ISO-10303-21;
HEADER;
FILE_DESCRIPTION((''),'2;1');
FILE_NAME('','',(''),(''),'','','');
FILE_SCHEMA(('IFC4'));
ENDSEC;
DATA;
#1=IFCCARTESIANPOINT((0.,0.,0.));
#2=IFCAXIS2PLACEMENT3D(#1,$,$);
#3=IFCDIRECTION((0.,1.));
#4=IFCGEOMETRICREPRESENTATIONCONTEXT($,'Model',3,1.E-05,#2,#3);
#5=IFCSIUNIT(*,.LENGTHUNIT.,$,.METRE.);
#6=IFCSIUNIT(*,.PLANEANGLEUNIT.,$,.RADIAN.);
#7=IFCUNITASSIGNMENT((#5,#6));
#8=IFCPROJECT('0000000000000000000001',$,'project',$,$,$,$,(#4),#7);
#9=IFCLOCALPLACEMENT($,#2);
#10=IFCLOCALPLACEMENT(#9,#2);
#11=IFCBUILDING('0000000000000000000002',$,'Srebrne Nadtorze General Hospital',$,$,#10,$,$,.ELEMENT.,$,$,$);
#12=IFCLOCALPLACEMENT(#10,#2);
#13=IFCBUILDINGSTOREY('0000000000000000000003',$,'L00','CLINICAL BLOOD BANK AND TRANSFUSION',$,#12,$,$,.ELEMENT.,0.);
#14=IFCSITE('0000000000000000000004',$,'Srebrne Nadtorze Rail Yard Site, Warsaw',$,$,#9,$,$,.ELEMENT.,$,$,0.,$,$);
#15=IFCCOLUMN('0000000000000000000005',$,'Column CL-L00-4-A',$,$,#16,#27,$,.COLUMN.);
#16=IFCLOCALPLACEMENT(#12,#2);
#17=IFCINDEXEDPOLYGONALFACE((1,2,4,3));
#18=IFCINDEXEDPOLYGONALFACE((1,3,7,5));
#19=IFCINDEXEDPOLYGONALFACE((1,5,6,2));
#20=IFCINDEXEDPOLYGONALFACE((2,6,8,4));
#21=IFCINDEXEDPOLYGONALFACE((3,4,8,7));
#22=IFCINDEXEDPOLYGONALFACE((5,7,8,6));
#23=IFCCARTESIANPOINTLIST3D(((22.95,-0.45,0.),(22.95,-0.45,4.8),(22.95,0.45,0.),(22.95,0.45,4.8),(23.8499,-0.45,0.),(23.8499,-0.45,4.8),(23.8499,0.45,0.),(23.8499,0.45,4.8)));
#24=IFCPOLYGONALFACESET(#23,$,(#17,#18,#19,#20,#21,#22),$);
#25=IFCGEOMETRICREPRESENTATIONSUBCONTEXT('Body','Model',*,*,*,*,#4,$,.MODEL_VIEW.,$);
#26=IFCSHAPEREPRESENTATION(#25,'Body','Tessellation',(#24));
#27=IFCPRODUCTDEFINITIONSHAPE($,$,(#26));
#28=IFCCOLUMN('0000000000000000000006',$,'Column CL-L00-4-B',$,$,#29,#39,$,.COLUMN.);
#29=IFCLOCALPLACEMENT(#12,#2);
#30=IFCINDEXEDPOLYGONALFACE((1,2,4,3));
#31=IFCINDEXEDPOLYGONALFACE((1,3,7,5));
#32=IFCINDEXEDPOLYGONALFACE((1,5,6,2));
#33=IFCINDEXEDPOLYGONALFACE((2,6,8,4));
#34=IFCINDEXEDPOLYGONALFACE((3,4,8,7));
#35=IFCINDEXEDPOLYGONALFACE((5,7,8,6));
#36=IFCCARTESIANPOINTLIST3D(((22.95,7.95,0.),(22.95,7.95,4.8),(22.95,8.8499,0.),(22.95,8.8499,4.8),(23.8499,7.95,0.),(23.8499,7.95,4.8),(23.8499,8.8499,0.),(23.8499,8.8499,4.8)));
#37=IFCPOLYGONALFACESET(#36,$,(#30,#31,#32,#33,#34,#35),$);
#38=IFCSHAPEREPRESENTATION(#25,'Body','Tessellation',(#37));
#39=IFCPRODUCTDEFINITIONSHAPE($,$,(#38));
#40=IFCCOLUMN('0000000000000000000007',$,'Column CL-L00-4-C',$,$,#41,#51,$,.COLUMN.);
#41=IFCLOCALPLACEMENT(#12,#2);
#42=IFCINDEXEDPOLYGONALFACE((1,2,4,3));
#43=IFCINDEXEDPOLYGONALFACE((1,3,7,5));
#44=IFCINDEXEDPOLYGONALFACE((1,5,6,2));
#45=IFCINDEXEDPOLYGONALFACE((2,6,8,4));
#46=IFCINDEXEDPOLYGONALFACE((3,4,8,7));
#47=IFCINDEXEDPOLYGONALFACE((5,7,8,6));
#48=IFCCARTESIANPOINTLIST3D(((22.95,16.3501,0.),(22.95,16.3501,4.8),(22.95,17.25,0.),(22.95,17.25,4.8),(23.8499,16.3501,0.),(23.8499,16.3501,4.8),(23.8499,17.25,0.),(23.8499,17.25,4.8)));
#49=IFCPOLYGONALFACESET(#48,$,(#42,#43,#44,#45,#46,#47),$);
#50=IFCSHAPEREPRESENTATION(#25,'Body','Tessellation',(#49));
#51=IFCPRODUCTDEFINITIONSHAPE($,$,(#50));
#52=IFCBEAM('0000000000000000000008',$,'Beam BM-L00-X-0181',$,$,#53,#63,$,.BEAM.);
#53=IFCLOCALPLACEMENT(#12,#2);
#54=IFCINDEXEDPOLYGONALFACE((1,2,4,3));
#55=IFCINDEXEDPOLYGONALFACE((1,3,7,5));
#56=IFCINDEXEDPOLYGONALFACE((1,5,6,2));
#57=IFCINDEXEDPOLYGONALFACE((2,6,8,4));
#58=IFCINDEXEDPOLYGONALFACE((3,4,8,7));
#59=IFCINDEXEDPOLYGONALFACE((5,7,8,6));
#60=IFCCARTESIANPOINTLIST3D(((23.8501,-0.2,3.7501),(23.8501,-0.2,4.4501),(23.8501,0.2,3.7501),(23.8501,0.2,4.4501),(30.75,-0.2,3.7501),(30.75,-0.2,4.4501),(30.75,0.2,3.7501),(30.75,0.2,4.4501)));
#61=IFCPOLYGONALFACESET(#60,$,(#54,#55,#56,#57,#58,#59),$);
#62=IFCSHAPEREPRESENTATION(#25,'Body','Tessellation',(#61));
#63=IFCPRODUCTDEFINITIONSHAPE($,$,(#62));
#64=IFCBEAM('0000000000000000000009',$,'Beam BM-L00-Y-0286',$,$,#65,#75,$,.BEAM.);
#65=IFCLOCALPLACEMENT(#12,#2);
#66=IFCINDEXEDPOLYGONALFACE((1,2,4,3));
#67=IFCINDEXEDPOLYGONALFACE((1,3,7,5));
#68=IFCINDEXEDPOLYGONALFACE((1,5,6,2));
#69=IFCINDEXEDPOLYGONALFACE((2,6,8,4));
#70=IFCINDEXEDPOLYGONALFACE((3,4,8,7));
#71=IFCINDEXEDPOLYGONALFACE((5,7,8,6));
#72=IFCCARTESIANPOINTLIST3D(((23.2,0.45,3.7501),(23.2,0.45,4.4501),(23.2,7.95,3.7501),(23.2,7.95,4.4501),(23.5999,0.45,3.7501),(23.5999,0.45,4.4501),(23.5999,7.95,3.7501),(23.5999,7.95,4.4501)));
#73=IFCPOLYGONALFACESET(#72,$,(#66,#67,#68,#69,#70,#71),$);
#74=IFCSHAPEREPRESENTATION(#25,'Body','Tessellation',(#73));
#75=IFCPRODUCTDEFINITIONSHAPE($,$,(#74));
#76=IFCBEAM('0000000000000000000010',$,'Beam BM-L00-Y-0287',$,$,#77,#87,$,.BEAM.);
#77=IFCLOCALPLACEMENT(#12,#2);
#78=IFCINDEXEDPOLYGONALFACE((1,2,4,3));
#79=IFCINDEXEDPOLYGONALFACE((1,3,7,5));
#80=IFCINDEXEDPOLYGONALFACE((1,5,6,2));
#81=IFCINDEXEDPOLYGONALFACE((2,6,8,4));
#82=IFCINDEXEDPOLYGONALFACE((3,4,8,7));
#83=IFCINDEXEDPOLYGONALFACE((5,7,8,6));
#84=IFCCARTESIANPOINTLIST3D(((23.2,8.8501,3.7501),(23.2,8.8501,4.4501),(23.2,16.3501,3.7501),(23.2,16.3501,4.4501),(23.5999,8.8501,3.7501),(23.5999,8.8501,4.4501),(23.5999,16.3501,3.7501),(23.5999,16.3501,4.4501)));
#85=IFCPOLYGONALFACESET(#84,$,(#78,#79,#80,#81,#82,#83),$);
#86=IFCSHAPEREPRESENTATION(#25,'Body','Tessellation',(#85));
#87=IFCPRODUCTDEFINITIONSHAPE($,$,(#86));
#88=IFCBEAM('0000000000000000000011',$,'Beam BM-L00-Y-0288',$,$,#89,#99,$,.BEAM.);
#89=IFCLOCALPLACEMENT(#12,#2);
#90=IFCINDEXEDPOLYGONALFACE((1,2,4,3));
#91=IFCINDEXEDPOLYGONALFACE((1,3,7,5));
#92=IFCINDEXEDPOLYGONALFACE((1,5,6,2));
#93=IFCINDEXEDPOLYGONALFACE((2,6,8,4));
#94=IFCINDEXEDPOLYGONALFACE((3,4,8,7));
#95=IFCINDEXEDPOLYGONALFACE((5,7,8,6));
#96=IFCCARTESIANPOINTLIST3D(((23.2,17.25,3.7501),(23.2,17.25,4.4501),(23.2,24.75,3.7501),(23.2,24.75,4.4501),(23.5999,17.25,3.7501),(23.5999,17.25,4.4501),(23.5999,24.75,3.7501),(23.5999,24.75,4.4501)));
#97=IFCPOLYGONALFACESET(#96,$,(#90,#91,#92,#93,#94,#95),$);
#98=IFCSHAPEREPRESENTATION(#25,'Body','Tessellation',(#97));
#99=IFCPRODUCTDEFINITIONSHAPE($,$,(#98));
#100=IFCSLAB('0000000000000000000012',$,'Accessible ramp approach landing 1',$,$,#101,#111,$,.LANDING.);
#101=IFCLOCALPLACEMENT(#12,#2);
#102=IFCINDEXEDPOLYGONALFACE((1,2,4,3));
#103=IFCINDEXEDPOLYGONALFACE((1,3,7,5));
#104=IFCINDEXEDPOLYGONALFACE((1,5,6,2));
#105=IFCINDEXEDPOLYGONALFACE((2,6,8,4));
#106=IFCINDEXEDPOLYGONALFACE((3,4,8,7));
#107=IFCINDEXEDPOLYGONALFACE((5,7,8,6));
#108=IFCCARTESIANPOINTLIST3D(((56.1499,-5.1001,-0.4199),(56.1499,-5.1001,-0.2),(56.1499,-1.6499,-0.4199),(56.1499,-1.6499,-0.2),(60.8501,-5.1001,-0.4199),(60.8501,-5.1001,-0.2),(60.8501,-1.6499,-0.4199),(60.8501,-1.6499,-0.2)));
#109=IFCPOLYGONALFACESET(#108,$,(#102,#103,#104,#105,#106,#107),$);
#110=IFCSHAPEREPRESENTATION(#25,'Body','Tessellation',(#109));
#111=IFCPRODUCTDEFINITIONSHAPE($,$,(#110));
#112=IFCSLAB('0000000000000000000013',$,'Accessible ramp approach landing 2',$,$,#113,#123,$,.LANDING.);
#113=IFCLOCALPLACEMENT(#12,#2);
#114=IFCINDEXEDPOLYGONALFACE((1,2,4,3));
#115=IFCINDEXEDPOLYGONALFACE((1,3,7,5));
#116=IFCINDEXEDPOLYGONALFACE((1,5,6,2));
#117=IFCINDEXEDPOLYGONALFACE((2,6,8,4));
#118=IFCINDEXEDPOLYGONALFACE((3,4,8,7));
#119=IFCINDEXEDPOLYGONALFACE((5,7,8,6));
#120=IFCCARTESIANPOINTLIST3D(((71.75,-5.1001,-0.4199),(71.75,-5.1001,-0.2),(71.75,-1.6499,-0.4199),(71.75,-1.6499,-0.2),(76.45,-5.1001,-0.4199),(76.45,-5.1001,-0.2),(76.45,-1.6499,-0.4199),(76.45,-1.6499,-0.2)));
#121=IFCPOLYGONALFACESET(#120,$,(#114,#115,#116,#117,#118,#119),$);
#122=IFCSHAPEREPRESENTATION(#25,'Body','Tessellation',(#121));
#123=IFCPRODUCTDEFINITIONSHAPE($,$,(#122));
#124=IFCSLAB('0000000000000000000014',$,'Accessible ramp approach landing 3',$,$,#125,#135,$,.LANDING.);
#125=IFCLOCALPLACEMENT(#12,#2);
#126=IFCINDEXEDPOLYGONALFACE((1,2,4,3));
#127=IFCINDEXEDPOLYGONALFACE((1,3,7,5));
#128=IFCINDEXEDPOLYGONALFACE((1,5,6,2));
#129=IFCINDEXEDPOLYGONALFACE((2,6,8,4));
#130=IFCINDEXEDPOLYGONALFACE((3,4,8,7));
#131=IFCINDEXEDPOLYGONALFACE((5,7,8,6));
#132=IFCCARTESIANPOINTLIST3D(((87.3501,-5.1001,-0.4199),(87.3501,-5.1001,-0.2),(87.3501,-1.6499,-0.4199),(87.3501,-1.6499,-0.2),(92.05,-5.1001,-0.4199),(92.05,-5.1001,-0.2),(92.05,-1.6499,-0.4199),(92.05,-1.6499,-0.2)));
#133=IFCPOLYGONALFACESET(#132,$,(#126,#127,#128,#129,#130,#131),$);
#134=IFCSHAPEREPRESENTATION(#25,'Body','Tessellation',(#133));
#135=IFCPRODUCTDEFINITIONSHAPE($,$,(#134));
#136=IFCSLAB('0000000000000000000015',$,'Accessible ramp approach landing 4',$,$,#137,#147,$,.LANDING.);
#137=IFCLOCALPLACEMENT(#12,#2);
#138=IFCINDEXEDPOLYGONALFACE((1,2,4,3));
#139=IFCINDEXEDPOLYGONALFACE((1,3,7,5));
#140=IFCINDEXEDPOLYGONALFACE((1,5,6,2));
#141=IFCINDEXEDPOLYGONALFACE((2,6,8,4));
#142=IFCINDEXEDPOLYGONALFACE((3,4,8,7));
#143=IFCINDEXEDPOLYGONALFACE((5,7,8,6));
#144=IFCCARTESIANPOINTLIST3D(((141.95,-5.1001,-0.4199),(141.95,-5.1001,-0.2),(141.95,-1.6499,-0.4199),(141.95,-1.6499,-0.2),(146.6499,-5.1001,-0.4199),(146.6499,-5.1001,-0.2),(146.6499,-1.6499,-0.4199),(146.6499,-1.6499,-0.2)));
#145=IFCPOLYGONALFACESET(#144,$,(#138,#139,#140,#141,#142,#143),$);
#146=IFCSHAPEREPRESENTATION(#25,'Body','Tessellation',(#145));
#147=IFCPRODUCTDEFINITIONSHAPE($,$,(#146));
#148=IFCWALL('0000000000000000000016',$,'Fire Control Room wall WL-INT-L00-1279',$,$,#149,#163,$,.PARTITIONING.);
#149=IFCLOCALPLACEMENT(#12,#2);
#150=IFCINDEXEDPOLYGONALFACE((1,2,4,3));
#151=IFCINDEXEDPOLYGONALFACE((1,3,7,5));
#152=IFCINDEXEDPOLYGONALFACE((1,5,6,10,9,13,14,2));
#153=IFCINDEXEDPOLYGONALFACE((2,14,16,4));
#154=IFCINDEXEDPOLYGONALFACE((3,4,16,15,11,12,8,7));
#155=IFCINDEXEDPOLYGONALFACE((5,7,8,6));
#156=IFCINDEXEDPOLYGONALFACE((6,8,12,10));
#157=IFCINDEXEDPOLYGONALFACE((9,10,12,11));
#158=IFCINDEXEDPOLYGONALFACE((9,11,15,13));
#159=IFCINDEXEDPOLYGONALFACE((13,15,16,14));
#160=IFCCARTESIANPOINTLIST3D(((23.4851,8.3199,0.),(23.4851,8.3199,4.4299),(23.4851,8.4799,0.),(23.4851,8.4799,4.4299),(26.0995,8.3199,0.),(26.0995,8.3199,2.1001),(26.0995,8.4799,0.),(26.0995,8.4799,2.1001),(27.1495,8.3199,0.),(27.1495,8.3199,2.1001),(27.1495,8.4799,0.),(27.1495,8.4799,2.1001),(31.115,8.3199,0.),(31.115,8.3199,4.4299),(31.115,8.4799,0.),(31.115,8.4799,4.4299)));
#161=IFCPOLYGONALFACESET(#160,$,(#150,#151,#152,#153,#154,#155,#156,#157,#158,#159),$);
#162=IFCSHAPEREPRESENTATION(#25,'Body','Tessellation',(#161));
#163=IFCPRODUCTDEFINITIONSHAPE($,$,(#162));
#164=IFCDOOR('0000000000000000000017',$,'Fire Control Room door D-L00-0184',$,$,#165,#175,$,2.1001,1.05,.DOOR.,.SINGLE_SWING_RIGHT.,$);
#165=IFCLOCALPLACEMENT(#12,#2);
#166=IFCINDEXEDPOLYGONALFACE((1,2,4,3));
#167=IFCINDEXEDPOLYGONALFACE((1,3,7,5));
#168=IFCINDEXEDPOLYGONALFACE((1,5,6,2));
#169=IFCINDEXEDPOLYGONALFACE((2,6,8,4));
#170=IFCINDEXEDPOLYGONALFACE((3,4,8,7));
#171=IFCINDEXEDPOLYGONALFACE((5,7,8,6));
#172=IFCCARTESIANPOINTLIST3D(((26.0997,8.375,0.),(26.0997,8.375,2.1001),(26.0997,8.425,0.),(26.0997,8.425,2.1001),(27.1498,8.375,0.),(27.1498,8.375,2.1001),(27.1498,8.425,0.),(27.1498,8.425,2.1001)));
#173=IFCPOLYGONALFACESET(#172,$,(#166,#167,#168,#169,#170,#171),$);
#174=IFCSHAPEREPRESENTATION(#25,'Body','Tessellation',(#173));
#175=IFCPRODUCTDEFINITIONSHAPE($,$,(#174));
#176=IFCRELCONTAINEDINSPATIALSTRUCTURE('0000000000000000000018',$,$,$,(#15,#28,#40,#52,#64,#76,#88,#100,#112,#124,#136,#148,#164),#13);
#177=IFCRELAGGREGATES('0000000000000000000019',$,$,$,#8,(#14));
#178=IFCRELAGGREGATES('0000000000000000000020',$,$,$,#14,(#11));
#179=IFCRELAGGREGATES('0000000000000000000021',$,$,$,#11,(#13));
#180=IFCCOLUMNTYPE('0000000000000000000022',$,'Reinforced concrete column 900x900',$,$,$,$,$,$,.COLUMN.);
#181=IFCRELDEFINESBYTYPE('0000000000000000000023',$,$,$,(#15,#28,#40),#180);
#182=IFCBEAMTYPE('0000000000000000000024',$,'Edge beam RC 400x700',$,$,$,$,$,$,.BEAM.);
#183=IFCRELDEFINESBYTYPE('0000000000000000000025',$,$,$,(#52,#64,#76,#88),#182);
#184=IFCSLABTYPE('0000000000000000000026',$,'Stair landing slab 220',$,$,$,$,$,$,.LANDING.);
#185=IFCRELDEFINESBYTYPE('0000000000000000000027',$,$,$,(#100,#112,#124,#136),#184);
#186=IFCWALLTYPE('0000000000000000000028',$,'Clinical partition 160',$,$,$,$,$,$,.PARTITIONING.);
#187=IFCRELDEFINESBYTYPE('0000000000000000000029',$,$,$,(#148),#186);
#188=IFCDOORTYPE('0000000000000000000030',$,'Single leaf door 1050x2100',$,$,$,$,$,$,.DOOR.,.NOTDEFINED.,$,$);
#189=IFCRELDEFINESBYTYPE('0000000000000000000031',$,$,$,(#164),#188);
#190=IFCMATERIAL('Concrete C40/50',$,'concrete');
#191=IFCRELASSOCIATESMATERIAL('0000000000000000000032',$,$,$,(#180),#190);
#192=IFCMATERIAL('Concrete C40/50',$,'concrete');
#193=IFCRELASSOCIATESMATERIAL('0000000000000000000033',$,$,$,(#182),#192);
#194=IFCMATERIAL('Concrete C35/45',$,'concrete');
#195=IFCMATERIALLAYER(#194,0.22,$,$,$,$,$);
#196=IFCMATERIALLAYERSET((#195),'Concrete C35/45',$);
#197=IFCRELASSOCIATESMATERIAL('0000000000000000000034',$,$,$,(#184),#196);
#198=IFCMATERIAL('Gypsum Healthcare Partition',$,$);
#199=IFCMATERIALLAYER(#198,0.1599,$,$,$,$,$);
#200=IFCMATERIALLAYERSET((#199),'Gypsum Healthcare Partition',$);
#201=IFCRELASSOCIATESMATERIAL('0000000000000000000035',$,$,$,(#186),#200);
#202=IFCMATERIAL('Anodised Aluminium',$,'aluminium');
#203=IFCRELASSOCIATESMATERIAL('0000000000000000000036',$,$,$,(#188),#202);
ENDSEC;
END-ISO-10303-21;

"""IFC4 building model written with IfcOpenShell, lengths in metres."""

from ifc_helpers import new_model, si_unit, direction, frame, frame_2d, origin, origin_2d, place, context, subcontext, project, spatial, polyline, rectangle, outline, extrude, material, layer, layer_set, material_profile, profile_set, type_object, element, fill, save


model = new_model("IFC4")

# Units and contexts
model_context = context("Model", 3, precision=1e-05, world=origin(), true_north=direction((0.0, 1.0)))
body_context = subcontext(model_context, "Body", "Model", "MODEL_VIEW")
ifc_project = project(units=[si_unit("LENGTHUNIT", "METRE"), si_unit("PLANEANGLEUNIT", "RADIAN")], contexts=[model_context])

# Site, building, storey
site_placement = place(None, origin())
site = spatial("IfcSite", under=ifc_project, at=site_placement, Name="Srebrne Nadtorze Rail Yard Site, Warsaw", CompositionType="ELEMENT", RefElevation=0.0)
building_placement = place(site_placement, origin())
building = spatial("IfcBuilding", under=site, at=building_placement, Name="Srebrne Nadtorze General Hospital", CompositionType="ELEMENT")
storey_placement = place(building_placement, origin())
storey = spatial("IfcBuildingStorey", under=building, at=storey_placement, Name="L00", Description="CLINICAL BLOOD BANK AND TRANSFUSION", CompositionType="ELEMENT", Elevation=0.0)

# Columns
ifc_material_1 = material(Name="Concrete C40/50", Category="concrete")
ifc_material_profile_1 = material_profile(ifc_material_1, rectangle(XDim=0.8999, YDim=0.8999, at=origin_2d()), Name="RC-COL-900x900")
ifc_profile_set_1 = profile_set([ifc_material_profile_1], Name="Concrete C40/50")
column_type = type_object("IfcColumnType", Name="Reinforced concrete column 900x900", PredefinedType="COLUMN", material=ifc_profile_set_1)
for number, where, z_axis, x_axis, name in (
    (1, (23.3999, 0.0, 0.0), (0.0, 0.0, 1.0), (1.0, 0.0, 0.0), "Column CL-L00-4-A"),
    (2, (23.3999, 8.3999, 0.0), (0.0, 0.0, 1.0), (1.0, 0.0, 0.0), "Column CL-L00-4-B"),
    (3, (23.3999, 16.8, 0.0), (0.0, 0.0, 1.0), (1.0, 0.0, 0.0), "Column CL-L00-4-C"),
):
    element("IfcColumn", number, at=place(storey_placement, frame(where, z_axis=z_axis, x_axis=x_axis)), inside=storey, type_object=column_type, Name=name, PredefinedType="COLUMN", context=body_context, shape_type="SweptSolid", body=[
        extrude(rectangle(XDim=0.8999, YDim=0.8999, at=origin_2d()), origin(), (0.0, 0.0, 1.0), 4.8),
    ])

# Beams
ifc_material_2 = material(Name="Concrete C40/50", Category="concrete")
ifc_material_profile_2 = material_profile(ifc_material_2, rectangle(XDim=0.3999, YDim=0.7, at=origin_2d()), Name="RC-BM-400x700")
ifc_profile_set_2 = profile_set([ifc_material_profile_2], Name="Concrete C40/50")
beam_type = type_object("IfcBeamType", Name="Edge beam RC 400x700", PredefinedType="BEAM", material=ifc_profile_set_2)
beam_placement = place(storey_placement, frame((23.8501, 0.0, 4.1001), z_axis=(1.0, 0.0, 0.0), x_axis=(0.0, 1.0, 0.0)))
element("IfcBeam", 4, at=beam_placement, inside=storey, type_object=beam_type, Name="Beam BM-L00-X-0181", PredefinedType="BEAM", context=body_context, shape_type="SweptSolid", body=[
    extrude(rectangle(XDim=0.3999, YDim=0.7, at=origin_2d()), origin(), (0.0, 0.0, 1.0), 6.8999),
])
for number, where, z_axis, x_axis, name in (
    (5, (23.3999, 0.45, 4.1001), (0.0, 1.0, 0.0), (-1.0, 0.0, 0.0), "Beam BM-L00-Y-0286"),
    (6, (23.3999, 8.8501, 4.1001), (0.0, 1.0, 0.0), (-1.0, 0.0, 0.0), "Beam BM-L00-Y-0287"),
    (7, (23.3999, 17.25, 4.1001), (0.0, 1.0, 0.0), (-1.0, 0.0, 0.0), "Beam BM-L00-Y-0288"),
):
    element("IfcBeam", number, at=place(storey_placement, frame(where, z_axis=z_axis, x_axis=x_axis)), inside=storey, type_object=beam_type, Name=name, PredefinedType="BEAM", context=body_context, shape_type="SweptSolid", body=[
        extrude(rectangle(XDim=0.3999, YDim=0.7, at=origin_2d()), origin(), (0.0, 0.0, 1.0), 7.5),
    ])

# Slabs
ifc_material_3 = material(Name="Concrete C35/45", Category="concrete")
ifc_layer_1 = layer(ifc_material_3, 0.22)
ifc_layer_set_1 = layer_set([ifc_layer_1], Name="Concrete C35/45")
slab_type = type_object("IfcSlabType", Name="Stair landing slab 220", PredefinedType="LANDING", material=ifc_layer_set_1)
slab_1_placement = place(storey_placement, frame((0.0, 0.0, -0.4199)))
element("IfcSlab", 8, at=slab_1_placement, inside=storey, type_object=slab_type, Name="Accessible ramp approach landing 1", PredefinedType="LANDING", context=body_context, shape_type="SweptSolid", body=[
    extrude(outline(polyline([(56.1499, -5.1001), (60.8501, -5.1001), (60.8501, -1.6499), (56.1499, -1.6499), (56.1499, -5.1001)])), origin(), (0.0, 0.0, 1.0), 0.22),
])
slab_2_placement = place(storey_placement, frame((0.0, 0.0, -0.4199)))
element("IfcSlab", 9, at=slab_2_placement, inside=storey, type_object=slab_type, Name="Accessible ramp approach landing 2", PredefinedType="LANDING", context=body_context, shape_type="SweptSolid", body=[
    extrude(outline(polyline([(71.75, -5.1001), (76.45, -5.1001), (76.45, -1.6499), (71.75, -1.6499), (71.75, -5.1001)])), origin(), (0.0, 0.0, 1.0), 0.22),
])
slab_3_placement = place(storey_placement, frame((0.0, 0.0, -0.4199)))
element("IfcSlab", 10, at=slab_3_placement, inside=storey, type_object=slab_type, Name="Accessible ramp approach landing 3", PredefinedType="LANDING", context=body_context, shape_type="SweptSolid", body=[
    extrude(outline(polyline([(87.3501, -5.1001), (92.05, -5.1001), (92.05, -1.6499), (87.3501, -1.6499), (87.3501, -5.1001)])), origin(), (0.0, 0.0, 1.0), 0.22),
])
slab_4_placement = place(storey_placement, frame((0.0, 0.0, -0.4199)))
element("IfcSlab", 11, at=slab_4_placement, inside=storey, type_object=slab_type, Name="Accessible ramp approach landing 4", PredefinedType="LANDING", context=body_context, shape_type="SweptSolid", body=[
    extrude(outline(polyline([(141.95, -5.1001), (146.6499, -5.1001), (146.6499, -1.6499), (141.95, -1.6499), (141.95, -5.1001)])), origin(), (0.0, 0.0, 1.0), 0.22),
])

# Wall, opening, door
ifc_material_4 = material(Name="Gypsum Healthcare Partition")
ifc_layer_2 = layer(ifc_material_4, 0.1599)
ifc_layer_set_2 = layer_set([ifc_layer_2], Name="Gypsum Healthcare Partition")
wall_type_1 = type_object("IfcWallType", Name="Clinical partition 160", PredefinedType="PARTITIONING", material=ifc_layer_set_2)
wall_1_placement = place(storey_placement, frame((23.4851, 8.3999, 0.0), z_axis=(0.0, 0.0, 1.0), x_axis=(1.0, 0.0, 0.0)))
wall_1 = element("IfcWall", 12, at=wall_1_placement, inside=storey, type_object=wall_type_1, Name="Fire Control Room wall WL-INT-L00-1279", PredefinedType="PARTITIONING", context=body_context, shape_type="SweptSolid", body=[
    extrude(rectangle(XDim=7.6299, YDim=0.1599, at=frame_2d((3.8149, 0.0))), origin(), (0.0, 0.0, 1.0), 4.4299),
])
opening_1_placement = place(wall_1_placement, frame((2.6145, 0.0, 0.0)))
opening_1 = element("IfcOpeningElement", 13, at=opening_1_placement, cuts=wall_1, PredefinedType="OPENING", context=body_context, shape_type="SweptSolid", body=[
    extrude(rectangle(XDim=1.05, YDim=2.1001, at=frame_2d((0.5249, 1.05))), frame((0.0, 0.0918, 0.0), z_axis=(0.0, -1.0, 0.0), x_axis=(1.0, 0.0, 0.0)), (0.0, 0.0, 1.0), 0.1838),
])
ifc_material_5 = material(Name="Anodised Aluminium", Category="aluminium")
door_type_1 = type_object("IfcDoorType", Name="Single leaf door 1050x2100", OperationType="NOTDEFINED", PredefinedType="DOOR", material=ifc_material_5)
door_1_placement = place(opening_1_placement, frame((1.05, 0.0, 0.0), z_axis=(0.0, 0.0, 1.0), x_axis=(-1.0, 0.0, 0.0)))
door_1 = element("IfcDoor", 14, at=door_1_placement, inside=storey, type_object=door_type_1, Name="Fire Control Room door D-L00-0184", OperationType="SINGLE_SWING_RIGHT", OverallHeight=2.1001, OverallWidth=1.05, PredefinedType="DOOR", context=body_context, shape_type="SweptSolid", body=[
    extrude(rectangle(XDim=1.05, YDim=2.1001, at=frame_2d((0.5249, 1.05))), frame((0.0, 0.0249, 0.0), z_axis=(0.0, -1.0, 0.0), x_axis=(1.0, 0.0, 0.0)), (0.0, 0.0, 1.0), 0.05),
])
fill(opening_1, door_1)

save(model, "model.ifc")
